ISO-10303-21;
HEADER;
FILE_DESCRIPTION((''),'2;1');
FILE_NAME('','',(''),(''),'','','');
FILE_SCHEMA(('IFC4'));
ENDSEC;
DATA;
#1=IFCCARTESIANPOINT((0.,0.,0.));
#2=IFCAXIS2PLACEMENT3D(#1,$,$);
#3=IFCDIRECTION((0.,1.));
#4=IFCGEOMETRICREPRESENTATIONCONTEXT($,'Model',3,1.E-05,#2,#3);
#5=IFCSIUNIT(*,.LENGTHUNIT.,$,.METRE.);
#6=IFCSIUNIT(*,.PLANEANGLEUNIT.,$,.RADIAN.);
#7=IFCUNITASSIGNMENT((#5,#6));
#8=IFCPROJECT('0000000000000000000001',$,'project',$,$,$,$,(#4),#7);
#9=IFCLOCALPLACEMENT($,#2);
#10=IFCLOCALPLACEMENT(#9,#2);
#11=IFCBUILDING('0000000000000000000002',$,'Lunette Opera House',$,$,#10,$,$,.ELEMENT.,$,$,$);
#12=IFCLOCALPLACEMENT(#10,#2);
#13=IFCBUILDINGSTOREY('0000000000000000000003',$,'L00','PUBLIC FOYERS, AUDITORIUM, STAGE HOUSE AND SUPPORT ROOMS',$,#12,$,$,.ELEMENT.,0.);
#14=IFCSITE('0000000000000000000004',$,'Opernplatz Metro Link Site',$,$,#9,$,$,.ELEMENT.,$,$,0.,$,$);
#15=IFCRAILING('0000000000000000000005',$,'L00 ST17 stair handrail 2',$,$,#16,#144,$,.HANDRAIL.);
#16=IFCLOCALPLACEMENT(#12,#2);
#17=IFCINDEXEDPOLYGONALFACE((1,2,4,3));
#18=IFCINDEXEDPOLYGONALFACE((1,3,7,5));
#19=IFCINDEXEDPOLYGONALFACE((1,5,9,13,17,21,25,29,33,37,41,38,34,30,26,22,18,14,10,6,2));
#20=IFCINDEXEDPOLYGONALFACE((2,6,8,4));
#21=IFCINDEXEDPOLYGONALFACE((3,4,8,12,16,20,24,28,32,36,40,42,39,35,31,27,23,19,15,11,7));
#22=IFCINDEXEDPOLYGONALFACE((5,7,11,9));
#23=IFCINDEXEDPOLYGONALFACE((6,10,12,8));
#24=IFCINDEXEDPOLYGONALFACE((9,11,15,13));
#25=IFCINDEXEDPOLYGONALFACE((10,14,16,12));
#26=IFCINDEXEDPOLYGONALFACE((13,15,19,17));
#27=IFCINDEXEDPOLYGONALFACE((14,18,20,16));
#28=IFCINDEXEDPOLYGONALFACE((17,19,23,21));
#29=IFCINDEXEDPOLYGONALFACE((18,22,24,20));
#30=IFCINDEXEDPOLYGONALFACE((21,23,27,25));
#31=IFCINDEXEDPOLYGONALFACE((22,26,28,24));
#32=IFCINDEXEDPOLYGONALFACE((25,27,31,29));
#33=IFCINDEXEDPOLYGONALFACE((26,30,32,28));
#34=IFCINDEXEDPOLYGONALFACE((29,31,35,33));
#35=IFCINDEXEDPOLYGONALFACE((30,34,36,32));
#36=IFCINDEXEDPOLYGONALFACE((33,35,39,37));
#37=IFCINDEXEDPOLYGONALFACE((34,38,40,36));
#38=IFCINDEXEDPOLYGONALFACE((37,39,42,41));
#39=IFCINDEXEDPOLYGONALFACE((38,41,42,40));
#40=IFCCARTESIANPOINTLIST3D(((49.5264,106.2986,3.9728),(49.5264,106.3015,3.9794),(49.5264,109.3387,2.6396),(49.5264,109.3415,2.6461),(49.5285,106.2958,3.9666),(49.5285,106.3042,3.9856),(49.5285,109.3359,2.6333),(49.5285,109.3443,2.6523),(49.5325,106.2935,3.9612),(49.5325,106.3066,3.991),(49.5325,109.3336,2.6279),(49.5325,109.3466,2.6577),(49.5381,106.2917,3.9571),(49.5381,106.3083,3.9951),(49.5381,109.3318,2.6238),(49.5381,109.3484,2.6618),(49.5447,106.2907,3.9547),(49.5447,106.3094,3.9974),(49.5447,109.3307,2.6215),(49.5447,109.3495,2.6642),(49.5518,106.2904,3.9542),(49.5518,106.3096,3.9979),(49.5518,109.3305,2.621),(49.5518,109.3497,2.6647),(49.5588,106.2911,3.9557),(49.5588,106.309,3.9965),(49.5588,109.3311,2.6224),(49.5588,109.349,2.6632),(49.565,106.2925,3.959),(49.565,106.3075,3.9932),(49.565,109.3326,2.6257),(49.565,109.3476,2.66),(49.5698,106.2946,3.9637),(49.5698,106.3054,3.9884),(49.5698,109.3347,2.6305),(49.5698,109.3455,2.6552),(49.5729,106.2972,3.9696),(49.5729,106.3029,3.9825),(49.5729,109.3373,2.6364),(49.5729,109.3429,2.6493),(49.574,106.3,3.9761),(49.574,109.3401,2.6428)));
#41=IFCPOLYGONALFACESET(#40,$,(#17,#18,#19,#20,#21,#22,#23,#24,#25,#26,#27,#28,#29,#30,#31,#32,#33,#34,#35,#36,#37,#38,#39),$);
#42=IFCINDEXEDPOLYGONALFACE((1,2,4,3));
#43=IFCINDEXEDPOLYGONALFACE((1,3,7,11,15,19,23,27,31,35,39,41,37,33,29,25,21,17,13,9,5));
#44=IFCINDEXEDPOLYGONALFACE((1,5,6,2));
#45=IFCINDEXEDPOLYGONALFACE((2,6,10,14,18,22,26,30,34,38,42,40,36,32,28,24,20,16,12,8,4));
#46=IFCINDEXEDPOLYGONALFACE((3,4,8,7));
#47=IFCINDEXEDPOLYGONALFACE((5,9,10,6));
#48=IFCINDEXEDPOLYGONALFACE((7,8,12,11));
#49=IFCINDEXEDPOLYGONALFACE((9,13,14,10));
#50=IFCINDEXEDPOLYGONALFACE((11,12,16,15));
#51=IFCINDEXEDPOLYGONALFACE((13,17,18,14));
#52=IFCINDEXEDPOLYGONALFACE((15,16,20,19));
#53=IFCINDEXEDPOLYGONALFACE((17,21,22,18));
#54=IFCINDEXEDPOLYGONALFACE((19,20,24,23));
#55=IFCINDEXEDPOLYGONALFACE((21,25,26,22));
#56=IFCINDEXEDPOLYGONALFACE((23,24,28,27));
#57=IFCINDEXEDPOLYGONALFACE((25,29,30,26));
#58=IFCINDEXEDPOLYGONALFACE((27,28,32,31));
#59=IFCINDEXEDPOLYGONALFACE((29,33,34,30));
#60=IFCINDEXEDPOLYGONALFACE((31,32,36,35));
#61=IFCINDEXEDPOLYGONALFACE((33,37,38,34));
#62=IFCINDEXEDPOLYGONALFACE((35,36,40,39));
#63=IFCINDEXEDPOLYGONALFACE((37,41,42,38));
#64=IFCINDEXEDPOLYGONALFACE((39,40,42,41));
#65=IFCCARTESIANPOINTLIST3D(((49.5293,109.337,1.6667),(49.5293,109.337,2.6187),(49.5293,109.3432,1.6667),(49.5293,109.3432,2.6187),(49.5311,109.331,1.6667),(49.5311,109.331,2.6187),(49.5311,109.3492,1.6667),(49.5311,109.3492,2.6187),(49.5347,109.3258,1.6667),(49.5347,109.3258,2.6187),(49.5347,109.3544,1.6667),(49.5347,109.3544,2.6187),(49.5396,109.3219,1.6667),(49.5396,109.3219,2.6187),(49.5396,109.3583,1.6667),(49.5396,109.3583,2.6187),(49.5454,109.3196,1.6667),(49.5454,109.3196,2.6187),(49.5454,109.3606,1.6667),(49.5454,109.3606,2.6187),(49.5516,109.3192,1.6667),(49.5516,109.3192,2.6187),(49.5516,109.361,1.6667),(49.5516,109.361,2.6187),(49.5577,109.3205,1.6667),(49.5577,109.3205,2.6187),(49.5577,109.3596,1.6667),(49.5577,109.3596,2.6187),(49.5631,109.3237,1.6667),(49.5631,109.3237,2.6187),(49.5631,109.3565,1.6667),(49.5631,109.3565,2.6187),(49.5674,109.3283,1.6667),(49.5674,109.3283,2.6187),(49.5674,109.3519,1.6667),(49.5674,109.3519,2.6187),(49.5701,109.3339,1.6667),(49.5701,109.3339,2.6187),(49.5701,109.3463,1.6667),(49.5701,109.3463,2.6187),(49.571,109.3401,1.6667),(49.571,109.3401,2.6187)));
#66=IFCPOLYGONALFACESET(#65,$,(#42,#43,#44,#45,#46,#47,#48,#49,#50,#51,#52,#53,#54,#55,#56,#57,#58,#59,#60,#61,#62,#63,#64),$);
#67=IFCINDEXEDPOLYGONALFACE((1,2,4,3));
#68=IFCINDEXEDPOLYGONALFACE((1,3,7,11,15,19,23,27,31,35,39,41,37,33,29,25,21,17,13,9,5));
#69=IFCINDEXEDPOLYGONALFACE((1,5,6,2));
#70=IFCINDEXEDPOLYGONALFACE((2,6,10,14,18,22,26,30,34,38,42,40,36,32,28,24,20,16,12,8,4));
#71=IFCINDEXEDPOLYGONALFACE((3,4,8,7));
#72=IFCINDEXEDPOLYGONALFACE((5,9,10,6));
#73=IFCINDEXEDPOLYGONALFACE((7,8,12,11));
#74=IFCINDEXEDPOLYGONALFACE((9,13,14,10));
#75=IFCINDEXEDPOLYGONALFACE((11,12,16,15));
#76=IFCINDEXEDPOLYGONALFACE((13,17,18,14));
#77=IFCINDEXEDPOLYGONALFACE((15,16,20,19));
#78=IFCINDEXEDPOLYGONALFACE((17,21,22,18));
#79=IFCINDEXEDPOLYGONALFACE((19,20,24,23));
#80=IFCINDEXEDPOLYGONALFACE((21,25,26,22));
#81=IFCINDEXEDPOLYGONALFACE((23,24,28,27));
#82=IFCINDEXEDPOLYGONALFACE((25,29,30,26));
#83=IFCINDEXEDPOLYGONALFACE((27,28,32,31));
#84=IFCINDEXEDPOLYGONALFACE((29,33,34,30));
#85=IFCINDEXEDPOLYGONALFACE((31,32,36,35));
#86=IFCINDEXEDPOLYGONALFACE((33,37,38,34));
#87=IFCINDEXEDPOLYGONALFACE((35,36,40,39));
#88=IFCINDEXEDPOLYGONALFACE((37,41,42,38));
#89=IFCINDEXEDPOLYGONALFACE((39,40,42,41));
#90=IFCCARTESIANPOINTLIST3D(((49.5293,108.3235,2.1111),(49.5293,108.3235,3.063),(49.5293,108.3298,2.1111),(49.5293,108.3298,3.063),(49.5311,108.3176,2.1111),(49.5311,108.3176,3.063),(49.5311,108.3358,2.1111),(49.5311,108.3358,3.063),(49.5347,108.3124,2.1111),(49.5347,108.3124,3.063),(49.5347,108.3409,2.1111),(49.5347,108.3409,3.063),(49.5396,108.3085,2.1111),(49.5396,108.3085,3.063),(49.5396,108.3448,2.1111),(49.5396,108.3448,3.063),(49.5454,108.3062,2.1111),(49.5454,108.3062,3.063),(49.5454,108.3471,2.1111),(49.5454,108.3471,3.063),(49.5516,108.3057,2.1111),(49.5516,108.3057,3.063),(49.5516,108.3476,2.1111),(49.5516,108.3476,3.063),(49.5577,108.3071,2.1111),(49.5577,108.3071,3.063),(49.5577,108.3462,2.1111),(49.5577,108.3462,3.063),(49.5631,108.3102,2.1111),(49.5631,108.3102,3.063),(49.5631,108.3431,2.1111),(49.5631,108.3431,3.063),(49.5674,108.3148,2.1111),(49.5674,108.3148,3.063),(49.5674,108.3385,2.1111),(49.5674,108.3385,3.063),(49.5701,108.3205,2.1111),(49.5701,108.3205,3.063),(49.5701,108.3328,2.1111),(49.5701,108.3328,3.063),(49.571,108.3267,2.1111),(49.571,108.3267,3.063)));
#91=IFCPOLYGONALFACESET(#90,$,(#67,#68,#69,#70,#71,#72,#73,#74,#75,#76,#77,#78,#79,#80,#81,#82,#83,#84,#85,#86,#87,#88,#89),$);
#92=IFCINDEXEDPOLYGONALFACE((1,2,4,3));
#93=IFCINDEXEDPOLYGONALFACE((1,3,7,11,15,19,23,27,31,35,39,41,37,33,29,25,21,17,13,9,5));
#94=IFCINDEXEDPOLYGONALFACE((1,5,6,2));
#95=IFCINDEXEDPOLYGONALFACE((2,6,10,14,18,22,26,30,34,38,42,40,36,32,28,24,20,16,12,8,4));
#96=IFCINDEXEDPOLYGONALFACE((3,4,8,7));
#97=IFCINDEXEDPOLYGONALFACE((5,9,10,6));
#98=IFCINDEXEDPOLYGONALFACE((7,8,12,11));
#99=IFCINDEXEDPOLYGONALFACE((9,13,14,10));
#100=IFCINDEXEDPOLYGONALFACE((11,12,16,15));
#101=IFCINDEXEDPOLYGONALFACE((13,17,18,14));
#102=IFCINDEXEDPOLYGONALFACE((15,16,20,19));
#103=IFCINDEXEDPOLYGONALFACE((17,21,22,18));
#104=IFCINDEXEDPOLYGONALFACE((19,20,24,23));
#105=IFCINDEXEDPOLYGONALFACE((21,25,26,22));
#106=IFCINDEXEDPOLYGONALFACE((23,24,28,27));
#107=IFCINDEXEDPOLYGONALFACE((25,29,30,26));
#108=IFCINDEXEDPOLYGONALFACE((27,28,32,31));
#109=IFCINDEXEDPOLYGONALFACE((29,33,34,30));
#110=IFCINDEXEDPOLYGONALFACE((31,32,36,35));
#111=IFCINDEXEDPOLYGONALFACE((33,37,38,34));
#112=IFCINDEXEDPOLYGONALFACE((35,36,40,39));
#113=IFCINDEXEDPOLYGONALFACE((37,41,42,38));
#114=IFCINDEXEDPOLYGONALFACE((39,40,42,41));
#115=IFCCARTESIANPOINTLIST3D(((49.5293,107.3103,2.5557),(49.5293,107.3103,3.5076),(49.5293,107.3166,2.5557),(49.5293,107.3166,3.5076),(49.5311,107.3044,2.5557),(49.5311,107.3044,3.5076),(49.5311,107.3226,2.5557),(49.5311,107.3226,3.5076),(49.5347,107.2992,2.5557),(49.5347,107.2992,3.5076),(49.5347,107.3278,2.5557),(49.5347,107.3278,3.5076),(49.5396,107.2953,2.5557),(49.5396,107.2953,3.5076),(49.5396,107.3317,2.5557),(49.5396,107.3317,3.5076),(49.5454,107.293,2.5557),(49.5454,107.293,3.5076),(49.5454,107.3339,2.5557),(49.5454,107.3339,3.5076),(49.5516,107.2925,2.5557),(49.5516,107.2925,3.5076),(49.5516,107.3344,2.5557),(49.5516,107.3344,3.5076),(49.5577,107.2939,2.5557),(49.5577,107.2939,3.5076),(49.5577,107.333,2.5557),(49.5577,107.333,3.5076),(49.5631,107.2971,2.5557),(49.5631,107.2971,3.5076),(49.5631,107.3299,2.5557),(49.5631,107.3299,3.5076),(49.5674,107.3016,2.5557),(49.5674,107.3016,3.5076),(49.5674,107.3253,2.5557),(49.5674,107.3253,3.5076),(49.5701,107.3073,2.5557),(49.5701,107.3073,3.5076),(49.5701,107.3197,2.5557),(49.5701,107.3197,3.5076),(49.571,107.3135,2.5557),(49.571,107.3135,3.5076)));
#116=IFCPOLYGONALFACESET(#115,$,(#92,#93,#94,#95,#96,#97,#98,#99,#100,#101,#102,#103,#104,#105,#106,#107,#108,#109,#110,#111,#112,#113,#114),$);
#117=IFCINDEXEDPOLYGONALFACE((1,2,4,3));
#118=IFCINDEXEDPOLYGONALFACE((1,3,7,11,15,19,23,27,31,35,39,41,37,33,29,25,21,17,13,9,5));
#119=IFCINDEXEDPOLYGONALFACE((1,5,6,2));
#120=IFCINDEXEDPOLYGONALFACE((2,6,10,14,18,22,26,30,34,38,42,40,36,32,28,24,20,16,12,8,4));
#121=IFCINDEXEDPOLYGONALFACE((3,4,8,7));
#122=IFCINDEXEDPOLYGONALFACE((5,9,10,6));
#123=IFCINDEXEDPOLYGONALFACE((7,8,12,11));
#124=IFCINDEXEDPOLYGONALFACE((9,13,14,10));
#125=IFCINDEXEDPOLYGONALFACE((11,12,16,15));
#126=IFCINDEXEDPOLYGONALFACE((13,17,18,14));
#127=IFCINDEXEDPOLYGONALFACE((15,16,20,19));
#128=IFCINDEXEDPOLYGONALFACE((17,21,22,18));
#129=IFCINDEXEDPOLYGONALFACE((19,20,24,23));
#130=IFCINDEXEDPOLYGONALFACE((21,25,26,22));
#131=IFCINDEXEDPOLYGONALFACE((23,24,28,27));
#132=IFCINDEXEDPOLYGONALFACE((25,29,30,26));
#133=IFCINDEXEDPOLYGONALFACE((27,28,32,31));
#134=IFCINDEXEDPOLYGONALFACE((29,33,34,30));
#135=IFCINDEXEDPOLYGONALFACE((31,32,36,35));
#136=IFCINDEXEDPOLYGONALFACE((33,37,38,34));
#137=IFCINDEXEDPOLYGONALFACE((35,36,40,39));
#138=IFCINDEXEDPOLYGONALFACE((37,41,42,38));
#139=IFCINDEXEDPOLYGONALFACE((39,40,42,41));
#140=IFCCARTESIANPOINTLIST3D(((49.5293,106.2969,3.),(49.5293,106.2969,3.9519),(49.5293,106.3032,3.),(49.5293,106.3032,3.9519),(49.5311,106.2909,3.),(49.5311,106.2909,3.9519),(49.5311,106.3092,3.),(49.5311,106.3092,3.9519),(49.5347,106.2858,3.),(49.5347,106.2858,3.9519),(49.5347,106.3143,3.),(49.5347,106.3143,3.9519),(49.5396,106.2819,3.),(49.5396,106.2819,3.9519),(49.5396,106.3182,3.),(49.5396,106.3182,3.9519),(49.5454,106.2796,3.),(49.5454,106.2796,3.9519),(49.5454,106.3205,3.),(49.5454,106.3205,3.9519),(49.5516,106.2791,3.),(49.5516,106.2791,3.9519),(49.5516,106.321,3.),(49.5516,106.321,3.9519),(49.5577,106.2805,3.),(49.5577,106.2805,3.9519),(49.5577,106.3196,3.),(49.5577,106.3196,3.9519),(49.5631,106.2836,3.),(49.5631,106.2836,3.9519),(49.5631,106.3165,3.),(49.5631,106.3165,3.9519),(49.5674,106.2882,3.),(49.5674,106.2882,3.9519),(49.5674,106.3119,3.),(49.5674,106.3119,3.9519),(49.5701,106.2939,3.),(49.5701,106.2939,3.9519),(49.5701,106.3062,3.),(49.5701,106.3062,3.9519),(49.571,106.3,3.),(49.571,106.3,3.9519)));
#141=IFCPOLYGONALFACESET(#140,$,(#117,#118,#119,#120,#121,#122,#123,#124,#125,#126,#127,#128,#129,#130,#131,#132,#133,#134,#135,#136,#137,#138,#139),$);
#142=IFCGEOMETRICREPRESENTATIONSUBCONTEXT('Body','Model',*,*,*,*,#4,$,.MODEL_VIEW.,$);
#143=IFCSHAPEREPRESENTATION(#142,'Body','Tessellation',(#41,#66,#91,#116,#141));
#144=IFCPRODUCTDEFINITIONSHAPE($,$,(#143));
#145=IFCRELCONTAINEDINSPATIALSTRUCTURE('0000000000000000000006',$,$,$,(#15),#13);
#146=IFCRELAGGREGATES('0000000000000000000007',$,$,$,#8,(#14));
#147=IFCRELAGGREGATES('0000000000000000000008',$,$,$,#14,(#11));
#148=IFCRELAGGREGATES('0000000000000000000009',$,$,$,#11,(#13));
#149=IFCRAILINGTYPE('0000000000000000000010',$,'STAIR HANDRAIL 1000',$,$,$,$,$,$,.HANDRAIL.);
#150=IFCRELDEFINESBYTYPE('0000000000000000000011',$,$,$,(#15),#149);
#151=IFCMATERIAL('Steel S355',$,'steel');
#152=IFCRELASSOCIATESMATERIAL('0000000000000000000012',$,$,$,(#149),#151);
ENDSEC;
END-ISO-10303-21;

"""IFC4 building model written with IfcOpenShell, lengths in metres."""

from ifc_helpers import new_model, si_unit, direction, frame, origin, origin_2d, place, context, subcontext, project, spatial, circle, extrude, material, type_object, element, save


model = new_model("IFC4")

# Units and contexts
model_context = context("Model", 3, precision=1e-05, world=origin(), true_north=direction((0.0, 1.0)))
body_context = subcontext(model_context, "Body", "Model", "MODEL_VIEW")
ifc_project = project(units=[si_unit("LENGTHUNIT", "METRE"), si_unit("PLANEANGLEUNIT", "RADIAN")], contexts=[model_context])

# Site, building, storey
site_placement = place(None, origin())
site = spatial("IfcSite", under=ifc_project, at=site_placement, Name="Opernplatz Metro Link Site", CompositionType="ELEMENT", RefElevation=0.0)
building_placement = place(site_placement, origin())
building = spatial("IfcBuilding", under=site, at=building_placement, Name="Lunette Opera House", CompositionType="ELEMENT")
storey_placement = place(building_placement, origin())
storey = spatial("IfcBuildingStorey", under=building, at=storey_placement, Name="L00", Description="PUBLIC FOYERS, AUDITORIUM, STAGE HOUSE AND SUPPORT ROOMS", CompositionType="ELEMENT", Elevation=0.0)

# Railing
ifc_material_1 = material(Name="Steel S355", Category="steel")
railing_type_1 = type_object("IfcRailingType", Name="STAIR HANDRAIL 1000", PredefinedType="HANDRAIL", material=ifc_material_1)
for number, where, name in (
    (1, (49.55, 109.3401, 1.6667), "L00 ST17 stair handrail 2"),
):
    element("IfcRailing", number, at=place(storey_placement, frame(where)), inside=storey, type_object=railing_type_1, Name=name, PredefinedType="HANDRAIL", context=body_context, shape_type="SweptSolid", body=[
        extrude(circle(Radius=0.0239, at=origin_2d()), frame((0.0, 0.0, 0.9761), z_axis=(0.0, -0.915799, 0.401637), x_axis=(1.0, 0.0, 0.0)), (0.0, 0.0, 1.0), 3.3196),
        extrude(circle(Radius=0.021, at=origin_2d()), origin(), (0.0, 0.0, 1.0), 0.9519),
        extrude(circle(Radius=0.021, at=origin_2d()), frame((0.0, -1.0134, 0.4443)), (0.0, 0.0, 1.0), 0.9519),
        extrude(circle(Radius=0.021, at=origin_2d()), frame((0.0, -2.0266, 0.8889)), (0.0, 0.0, 1.0), 0.9519),
        extrude(circle(Radius=0.021, at=origin_2d()), frame((0.0, -3.04, 1.3333)), (0.0, 0.0, 1.0), 0.9519),
    ])

save(model, "model.ifc")
